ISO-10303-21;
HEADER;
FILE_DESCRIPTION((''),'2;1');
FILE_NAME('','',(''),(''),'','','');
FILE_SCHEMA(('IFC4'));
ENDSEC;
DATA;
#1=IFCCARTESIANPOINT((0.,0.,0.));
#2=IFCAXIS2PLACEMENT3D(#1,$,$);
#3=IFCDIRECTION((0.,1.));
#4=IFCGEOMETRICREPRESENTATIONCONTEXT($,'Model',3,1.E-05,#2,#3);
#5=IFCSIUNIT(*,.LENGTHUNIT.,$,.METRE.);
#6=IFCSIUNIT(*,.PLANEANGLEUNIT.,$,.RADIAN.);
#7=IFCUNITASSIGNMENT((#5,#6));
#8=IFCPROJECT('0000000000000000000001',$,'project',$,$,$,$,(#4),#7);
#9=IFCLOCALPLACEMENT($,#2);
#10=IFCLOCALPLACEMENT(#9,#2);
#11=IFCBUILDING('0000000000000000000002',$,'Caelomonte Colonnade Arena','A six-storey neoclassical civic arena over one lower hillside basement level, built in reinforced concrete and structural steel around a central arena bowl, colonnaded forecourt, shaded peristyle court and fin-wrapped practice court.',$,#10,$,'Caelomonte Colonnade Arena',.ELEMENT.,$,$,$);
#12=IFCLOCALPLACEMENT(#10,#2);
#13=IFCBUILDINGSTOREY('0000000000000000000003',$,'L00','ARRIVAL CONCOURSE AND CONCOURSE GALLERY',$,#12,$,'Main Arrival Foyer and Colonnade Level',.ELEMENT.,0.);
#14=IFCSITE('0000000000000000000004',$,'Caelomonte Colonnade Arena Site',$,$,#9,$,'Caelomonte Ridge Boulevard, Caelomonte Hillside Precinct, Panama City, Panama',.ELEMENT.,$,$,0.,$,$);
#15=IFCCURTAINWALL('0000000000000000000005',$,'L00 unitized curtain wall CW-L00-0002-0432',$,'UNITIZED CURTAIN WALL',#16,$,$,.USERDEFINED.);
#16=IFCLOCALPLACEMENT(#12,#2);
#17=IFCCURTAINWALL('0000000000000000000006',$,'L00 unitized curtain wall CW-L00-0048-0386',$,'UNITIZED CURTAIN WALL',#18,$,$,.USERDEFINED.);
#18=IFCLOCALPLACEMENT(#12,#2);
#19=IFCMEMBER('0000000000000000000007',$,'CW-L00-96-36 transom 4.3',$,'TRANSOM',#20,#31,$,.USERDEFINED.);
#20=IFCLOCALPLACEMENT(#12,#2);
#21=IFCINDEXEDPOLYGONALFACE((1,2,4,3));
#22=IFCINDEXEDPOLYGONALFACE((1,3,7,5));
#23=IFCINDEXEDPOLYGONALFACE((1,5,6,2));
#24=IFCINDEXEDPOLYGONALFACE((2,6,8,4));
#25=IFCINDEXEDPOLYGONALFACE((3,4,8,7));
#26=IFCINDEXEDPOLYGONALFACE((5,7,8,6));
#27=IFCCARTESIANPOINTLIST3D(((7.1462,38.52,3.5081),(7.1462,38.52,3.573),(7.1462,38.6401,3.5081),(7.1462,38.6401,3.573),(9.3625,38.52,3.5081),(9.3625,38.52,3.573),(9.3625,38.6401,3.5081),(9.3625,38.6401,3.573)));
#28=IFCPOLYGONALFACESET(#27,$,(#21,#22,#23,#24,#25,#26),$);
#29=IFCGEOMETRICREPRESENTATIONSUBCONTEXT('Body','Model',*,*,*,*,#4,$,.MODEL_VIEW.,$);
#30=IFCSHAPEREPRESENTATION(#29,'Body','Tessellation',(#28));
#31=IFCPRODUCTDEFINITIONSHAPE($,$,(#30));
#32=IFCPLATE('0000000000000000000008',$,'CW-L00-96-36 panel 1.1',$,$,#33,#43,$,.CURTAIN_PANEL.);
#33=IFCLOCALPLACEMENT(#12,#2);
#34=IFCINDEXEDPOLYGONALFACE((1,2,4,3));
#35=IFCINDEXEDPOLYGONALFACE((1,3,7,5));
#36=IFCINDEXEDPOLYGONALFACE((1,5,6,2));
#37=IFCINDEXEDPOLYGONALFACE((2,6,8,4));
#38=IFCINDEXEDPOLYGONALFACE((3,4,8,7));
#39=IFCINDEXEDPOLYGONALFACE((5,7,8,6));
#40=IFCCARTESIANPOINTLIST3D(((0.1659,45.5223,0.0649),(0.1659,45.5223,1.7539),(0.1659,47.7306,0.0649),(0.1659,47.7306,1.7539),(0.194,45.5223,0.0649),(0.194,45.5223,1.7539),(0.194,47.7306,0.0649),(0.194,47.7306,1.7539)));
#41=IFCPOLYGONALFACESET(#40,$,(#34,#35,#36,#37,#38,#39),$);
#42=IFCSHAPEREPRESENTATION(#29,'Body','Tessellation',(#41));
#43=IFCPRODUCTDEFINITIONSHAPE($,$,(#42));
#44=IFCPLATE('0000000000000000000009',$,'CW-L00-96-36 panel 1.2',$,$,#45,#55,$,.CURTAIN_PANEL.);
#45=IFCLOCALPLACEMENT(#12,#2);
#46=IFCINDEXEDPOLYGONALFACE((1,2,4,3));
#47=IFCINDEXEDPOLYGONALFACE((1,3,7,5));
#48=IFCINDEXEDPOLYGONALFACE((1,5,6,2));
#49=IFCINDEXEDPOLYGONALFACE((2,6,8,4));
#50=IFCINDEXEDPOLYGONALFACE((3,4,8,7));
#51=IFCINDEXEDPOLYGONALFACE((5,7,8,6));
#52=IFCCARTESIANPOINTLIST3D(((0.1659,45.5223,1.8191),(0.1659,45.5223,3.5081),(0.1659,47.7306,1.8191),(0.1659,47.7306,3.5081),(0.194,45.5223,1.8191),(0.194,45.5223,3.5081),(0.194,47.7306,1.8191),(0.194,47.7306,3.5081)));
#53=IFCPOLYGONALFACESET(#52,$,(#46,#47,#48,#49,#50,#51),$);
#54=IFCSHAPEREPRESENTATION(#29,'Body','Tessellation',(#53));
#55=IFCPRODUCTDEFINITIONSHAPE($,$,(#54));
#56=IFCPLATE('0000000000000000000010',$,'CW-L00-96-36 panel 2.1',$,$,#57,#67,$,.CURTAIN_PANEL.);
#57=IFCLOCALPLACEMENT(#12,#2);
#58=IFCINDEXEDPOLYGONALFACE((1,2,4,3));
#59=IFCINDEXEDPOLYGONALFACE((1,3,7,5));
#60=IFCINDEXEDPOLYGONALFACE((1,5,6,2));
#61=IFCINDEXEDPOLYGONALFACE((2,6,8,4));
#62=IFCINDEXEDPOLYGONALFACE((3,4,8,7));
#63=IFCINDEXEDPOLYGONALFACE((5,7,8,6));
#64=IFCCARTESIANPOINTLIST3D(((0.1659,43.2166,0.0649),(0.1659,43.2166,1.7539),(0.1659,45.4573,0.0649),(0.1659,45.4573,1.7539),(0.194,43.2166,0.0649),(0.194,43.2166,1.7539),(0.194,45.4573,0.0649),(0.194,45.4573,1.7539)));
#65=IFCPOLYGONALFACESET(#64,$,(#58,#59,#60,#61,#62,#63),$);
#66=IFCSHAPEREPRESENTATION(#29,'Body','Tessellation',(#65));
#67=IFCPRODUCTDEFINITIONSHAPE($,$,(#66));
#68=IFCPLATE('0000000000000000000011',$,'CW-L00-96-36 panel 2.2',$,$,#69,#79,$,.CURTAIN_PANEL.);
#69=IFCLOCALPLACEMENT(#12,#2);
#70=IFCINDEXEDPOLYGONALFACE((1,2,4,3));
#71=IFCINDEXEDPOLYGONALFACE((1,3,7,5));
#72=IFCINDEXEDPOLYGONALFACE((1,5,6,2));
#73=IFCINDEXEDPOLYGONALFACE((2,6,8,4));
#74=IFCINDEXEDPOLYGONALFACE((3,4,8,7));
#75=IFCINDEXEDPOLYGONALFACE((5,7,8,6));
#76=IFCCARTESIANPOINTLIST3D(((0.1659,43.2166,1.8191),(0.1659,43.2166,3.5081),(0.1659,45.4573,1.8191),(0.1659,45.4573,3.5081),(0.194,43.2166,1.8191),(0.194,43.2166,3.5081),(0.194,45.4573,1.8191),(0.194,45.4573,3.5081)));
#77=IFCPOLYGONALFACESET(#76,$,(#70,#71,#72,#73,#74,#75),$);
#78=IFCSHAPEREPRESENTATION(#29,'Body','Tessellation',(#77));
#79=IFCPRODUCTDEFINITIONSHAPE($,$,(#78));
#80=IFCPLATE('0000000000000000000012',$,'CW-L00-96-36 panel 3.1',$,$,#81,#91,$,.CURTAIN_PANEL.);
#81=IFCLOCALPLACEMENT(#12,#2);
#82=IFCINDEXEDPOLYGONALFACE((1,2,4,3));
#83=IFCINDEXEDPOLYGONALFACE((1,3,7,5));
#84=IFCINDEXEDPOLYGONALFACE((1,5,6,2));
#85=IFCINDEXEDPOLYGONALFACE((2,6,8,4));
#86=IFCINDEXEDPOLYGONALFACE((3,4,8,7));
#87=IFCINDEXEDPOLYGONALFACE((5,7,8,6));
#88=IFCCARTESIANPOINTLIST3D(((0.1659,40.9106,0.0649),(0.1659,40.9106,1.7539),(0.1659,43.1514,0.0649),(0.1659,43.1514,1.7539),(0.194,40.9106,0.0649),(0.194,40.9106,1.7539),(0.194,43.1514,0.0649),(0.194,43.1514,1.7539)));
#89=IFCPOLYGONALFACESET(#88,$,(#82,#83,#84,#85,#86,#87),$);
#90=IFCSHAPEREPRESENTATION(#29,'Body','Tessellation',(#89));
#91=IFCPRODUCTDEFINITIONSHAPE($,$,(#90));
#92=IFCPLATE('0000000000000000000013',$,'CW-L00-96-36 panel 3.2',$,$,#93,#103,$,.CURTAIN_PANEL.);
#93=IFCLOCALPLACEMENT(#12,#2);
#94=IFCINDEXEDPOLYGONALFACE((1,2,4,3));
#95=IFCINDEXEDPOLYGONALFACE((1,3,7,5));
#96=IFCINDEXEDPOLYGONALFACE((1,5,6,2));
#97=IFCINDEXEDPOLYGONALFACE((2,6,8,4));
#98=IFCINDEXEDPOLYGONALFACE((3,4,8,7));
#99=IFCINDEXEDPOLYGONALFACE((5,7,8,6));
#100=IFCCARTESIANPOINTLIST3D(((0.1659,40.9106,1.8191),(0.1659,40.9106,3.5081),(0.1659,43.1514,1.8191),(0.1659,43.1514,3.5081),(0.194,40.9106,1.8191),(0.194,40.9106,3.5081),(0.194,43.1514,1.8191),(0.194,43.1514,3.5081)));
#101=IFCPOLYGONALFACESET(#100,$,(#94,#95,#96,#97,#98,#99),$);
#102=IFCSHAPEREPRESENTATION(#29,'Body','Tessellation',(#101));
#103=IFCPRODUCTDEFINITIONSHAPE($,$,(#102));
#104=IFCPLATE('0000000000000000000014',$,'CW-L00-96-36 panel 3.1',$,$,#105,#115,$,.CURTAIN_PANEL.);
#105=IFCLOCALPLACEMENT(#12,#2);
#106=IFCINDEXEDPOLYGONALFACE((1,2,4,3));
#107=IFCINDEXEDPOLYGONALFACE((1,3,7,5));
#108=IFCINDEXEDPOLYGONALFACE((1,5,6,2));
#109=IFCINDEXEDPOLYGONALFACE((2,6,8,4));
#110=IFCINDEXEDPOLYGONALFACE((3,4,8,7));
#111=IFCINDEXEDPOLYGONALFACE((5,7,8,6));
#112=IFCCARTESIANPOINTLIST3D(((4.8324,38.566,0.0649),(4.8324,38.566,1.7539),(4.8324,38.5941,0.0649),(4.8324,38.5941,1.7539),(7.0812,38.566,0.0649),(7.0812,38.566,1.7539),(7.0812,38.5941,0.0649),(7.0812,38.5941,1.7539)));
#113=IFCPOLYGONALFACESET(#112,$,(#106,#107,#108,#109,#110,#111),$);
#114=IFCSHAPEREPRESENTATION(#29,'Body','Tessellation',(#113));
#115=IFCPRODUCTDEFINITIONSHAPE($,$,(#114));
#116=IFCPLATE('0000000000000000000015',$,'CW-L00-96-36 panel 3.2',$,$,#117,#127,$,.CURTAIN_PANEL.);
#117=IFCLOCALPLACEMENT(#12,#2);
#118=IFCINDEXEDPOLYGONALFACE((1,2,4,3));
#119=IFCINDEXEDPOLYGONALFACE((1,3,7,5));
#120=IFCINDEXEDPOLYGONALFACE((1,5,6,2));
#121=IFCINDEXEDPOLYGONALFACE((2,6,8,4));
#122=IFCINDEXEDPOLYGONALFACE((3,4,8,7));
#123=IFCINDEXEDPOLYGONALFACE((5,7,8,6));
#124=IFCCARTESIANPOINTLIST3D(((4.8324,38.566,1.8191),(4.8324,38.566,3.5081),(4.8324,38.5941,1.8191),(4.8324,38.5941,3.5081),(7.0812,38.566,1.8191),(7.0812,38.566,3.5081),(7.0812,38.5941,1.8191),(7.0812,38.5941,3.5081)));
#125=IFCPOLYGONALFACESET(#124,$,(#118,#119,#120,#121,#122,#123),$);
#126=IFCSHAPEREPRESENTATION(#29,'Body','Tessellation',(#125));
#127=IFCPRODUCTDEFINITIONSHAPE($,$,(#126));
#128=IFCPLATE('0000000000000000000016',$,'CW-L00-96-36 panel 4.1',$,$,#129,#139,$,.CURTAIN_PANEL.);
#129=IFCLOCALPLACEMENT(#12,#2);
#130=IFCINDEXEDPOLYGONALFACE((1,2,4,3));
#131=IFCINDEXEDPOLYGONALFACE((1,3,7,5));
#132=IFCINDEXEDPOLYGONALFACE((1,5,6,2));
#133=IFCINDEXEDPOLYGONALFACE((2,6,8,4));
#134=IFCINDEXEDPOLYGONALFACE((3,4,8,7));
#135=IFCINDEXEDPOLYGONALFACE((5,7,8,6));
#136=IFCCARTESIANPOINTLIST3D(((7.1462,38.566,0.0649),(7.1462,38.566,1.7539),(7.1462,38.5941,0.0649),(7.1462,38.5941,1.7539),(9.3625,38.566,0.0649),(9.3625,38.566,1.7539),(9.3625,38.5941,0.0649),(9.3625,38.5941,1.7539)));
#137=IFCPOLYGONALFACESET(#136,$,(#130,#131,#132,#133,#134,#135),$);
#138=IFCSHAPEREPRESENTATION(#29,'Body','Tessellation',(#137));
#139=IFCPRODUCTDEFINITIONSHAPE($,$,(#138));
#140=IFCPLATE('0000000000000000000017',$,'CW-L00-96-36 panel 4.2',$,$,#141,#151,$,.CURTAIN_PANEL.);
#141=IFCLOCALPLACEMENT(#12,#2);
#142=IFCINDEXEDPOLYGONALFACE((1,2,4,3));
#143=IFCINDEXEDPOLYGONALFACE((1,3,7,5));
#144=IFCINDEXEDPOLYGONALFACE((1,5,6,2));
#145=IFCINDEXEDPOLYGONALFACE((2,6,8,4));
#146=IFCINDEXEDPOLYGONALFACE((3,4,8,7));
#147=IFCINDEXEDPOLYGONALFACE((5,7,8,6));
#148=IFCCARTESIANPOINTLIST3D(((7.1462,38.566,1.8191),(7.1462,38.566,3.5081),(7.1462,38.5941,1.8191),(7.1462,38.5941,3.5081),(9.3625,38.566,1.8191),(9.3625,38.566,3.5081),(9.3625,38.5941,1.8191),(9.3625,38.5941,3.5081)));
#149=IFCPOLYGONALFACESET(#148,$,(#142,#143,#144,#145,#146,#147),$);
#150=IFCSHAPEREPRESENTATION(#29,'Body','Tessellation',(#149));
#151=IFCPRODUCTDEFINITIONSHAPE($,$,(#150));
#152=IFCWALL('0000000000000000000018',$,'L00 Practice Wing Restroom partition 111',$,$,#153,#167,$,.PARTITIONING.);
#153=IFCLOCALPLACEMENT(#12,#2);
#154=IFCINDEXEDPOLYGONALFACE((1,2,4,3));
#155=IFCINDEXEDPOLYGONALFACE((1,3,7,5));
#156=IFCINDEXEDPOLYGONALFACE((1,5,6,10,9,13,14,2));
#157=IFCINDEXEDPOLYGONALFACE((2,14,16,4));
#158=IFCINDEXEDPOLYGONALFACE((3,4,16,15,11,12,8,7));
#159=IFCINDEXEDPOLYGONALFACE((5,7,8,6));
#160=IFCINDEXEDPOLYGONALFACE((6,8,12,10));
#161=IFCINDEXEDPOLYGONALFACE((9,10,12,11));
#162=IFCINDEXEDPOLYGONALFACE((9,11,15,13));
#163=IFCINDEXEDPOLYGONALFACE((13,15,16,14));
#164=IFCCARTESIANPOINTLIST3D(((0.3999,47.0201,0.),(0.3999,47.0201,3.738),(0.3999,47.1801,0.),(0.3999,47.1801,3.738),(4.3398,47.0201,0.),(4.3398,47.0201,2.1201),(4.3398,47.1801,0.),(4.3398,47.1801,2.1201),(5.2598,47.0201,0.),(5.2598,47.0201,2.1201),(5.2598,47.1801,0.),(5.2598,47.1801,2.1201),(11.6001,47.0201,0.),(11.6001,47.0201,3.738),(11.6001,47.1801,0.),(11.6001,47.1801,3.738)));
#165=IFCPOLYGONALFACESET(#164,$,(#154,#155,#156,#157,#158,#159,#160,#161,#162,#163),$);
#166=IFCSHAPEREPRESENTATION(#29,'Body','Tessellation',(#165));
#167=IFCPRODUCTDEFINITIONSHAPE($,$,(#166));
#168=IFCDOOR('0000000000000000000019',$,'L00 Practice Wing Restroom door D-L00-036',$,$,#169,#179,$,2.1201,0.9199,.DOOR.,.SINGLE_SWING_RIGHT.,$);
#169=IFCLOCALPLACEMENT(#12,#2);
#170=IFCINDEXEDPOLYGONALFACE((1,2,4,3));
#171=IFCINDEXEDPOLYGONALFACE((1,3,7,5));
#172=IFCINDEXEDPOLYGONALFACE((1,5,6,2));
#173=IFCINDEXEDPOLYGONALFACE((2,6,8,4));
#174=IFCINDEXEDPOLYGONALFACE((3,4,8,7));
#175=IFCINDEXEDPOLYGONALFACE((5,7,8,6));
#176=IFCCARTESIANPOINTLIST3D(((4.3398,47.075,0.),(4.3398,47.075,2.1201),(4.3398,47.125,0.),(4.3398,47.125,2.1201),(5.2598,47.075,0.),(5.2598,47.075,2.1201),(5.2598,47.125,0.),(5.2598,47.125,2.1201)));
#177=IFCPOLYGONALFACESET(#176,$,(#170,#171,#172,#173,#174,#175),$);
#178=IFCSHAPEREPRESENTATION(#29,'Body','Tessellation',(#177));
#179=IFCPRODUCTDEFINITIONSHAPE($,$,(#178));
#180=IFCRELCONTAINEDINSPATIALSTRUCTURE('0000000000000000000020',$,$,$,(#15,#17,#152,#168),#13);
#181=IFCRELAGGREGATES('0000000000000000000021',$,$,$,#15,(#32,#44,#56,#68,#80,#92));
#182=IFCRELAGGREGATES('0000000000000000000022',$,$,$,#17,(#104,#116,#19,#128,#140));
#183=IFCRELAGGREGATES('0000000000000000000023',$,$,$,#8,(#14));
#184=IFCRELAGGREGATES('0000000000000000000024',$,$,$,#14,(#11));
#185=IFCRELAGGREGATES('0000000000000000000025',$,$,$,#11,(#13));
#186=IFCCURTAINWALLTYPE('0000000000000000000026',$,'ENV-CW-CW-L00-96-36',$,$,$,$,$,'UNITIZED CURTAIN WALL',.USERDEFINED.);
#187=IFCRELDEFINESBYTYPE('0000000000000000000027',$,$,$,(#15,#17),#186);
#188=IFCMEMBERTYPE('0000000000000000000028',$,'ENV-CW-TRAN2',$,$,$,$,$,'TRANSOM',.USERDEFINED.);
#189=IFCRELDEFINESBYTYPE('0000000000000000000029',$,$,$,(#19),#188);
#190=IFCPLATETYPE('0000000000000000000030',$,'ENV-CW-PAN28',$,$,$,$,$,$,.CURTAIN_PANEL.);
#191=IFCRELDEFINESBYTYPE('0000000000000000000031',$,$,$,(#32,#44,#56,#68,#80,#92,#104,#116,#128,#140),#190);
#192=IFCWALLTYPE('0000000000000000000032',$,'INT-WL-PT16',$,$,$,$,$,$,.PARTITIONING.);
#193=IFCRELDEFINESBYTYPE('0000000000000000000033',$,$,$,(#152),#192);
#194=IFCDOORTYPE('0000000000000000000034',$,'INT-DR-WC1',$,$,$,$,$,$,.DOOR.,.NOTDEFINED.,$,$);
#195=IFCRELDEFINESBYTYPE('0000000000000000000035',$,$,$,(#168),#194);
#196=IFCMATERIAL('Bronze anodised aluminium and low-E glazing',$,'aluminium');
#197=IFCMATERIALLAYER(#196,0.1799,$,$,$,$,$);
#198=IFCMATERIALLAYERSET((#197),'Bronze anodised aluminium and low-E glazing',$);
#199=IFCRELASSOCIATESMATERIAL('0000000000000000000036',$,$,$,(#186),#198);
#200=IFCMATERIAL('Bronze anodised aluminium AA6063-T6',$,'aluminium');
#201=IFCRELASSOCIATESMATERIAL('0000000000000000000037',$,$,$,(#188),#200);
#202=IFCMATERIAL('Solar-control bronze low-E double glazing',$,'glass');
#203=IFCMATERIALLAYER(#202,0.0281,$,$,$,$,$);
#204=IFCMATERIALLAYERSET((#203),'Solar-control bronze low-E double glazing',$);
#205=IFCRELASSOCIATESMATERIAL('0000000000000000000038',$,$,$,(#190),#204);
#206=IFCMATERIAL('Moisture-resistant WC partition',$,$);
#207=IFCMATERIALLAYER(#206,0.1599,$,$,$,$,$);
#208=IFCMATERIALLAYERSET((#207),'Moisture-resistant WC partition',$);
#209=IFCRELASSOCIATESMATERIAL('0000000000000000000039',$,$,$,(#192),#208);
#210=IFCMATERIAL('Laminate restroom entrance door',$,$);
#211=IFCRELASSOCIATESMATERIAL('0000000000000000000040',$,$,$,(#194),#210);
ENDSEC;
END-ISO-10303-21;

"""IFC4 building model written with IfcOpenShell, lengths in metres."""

from ifc_helpers import new_model, si_unit, direction, frame, frame_2d, origin, origin_2d, place, context, subcontext, project, spatial, rectangle, extrude, material, layer, layer_set, material_profile, profile_set, type_object, element, fill, aggregate, save


model = new_model("IFC4")

# Units and contexts
model_context = context("Model", 3, precision=1e-05, world=origin(), true_north=direction((0.0, 1.0)))
body_context = subcontext(model_context, "Body", "Model", "MODEL_VIEW")
ifc_project = project(units=[si_unit("LENGTHUNIT", "METRE"), si_unit("PLANEANGLEUNIT", "RADIAN")], contexts=[model_context])

# Site, building, storey
site_placement = place(None, origin())
site = spatial("IfcSite", under=ifc_project, at=site_placement, Name="Caelomonte Colonnade Arena Site", LongName="Caelomonte Ridge Boulevard, Caelomonte Hillside Precinct, Panama City, Panama", CompositionType="ELEMENT", RefElevation=0.0)
building_placement = place(site_placement, origin())
building = spatial("IfcBuilding", under=site, at=building_placement, Name="Caelomonte Colonnade Arena", Description="A six-storey neoclassical civic arena over one lower hillside basement level, built in reinforced concrete and structural steel around a central arena bowl, colonnaded forecourt, shaded peristyle court and fin-wrapped practice court.", LongName="Caelomonte Colonnade Arena", CompositionType="ELEMENT")
storey_placement = place(building_placement, origin())
storey = spatial("IfcBuildingStorey", under=building, at=storey_placement, Name="L00", Description="ARRIVAL CONCOURSE AND CONCOURSE GALLERY", LongName="Main Arrival Foyer and Colonnade Level", CompositionType="ELEMENT", Elevation=0.0)

# Curtain wall
ifc_material_1 = material(Name="Bronze anodised aluminium and low-E glazing", Category="aluminium")
ifc_layer_1 = layer(ifc_material_1, 0.1799)
ifc_layer_set_1 = layer_set([ifc_layer_1], Name="Bronze anodised aluminium and low-E glazing")
curtain_wall_type = type_object("IfcCurtainWallType", Name="ENV-CW-CW-L00-96-36", ElementType="UNITIZED CURTAIN WALL", PredefinedType="USERDEFINED", material=ifc_layer_set_1)
curtain_wall_1_placement = place(storey_placement, origin())
curtain_wall_1 = element("IfcCurtainWall", 1, at=curtain_wall_1_placement, inside=storey, type_object=curtain_wall_type, Name="L00 unitized curtain wall CW-L00-0002-0432", ObjectType="UNITIZED CURTAIN WALL", PredefinedType="USERDEFINED")
ifc_material_2 = material(Name="Bronze anodised aluminium AA6063-T6", Category="aluminium")

# Curtain wall
curtain_wall_2_placement = place(storey_placement, origin())
curtain_wall_2 = element("IfcCurtainWall", 2, at=curtain_wall_2_placement, inside=storey, type_object=curtain_wall_type, Name="L00 unitized curtain wall CW-L00-0048-0386", ObjectType="UNITIZED CURTAIN WALL", PredefinedType="USERDEFINED")

# Member
ifc_material_profile_1 = material_profile(ifc_material_2, rectangle(XDim=0.0649, YDim=0.1201, at=origin_2d()), Name="CWT-65X120")
ifc_profile_set_1 = profile_set([ifc_material_profile_1], Name="Bronze anodised aluminium AA6063-T6")
member_type_1 = type_object("IfcMemberType", Name="ENV-CW-TRAN2", ElementType="TRANSOM", PredefinedType="USERDEFINED", material=ifc_profile_set_1)
member_1_placement = place(storey_placement, frame((7.1462, 38.5801, 3.5405), z_axis=(1.0, 0.0, 0.0), x_axis=(0.0, 0.0, 1.0)))
member_1 = element("IfcMember", 3, at=member_1_placement, type_object=member_type_1, Name="CW-L00-96-36 transom 4.3", ObjectType="TRANSOM", PredefinedType="USERDEFINED", context=body_context, shape_type="SweptSolid", body=[
    extrude(rectangle(XDim=0.0649, YDim=0.1201, at=origin_2d()), origin(), (0.0, 0.0, 1.0), 2.2163),
])

# Plates
ifc_material_3 = material(Name="Solar-control bronze low-E double glazing", Category="glass")
ifc_layer_2 = layer(ifc_material_3, 0.0281)
ifc_layer_set_2 = layer_set([ifc_layer_2], Name="Solar-control bronze low-E double glazing")
plate_type = type_object("IfcPlateType", Name="ENV-CW-PAN28", PredefinedType="CURTAIN_PANEL", material=ifc_layer_set_2)
plate_1_placement = place(storey_placement, frame((0.1799, 46.6265, 0.0649), z_axis=(0.0, 0.0, 1.0), x_axis=(0.0, -1.0, 0.0)))
plate_1 = element("IfcPlate", 4, at=plate_1_placement, type_object=plate_type, Name="CW-L00-96-36 panel 1.1", PredefinedType="CURTAIN_PANEL", context=body_context, shape_type="SweptSolid", body=[
    extrude(rectangle(XDim=2.2083, YDim=0.0281, at=origin_2d()), origin(), (0.0, 0.0, 1.0), 1.689),
])
plate_2_placement = place(storey_placement, frame((0.1799, 46.6265, 1.8191), z_axis=(0.0, 0.0, 1.0), x_axis=(0.0, -1.0, 0.0)))
plate_2 = element("IfcPlate", 5, at=plate_2_placement, type_object=plate_type, Name="CW-L00-96-36 panel 1.2", PredefinedType="CURTAIN_PANEL", context=body_context, shape_type="SweptSolid", body=[
    extrude(rectangle(XDim=2.2083, YDim=0.0281, at=origin_2d()), origin(), (0.0, 0.0, 1.0), 1.689),
])
plate_3_placement = place(storey_placement, frame((0.1799, 44.3369, 0.0649), z_axis=(0.0, 0.0, 1.0), x_axis=(0.0, -1.0, 0.0)))
plate_3 = element("IfcPlate", 6, at=plate_3_placement, type_object=plate_type, Name="CW-L00-96-36 panel 2.1", PredefinedType="CURTAIN_PANEL", context=body_context, shape_type="SweptSolid", body=[
    extrude(rectangle(XDim=2.2407, YDim=0.0281, at=origin_2d()), origin(), (0.0, 0.0, 1.0), 1.689),
])
plate_4_placement = place(storey_placement, frame((0.1799, 44.3369, 1.8191), z_axis=(0.0, 0.0, 1.0), x_axis=(0.0, -1.0, 0.0)))
plate_4 = element("IfcPlate", 7, at=plate_4_placement, type_object=plate_type, Name="CW-L00-96-36 panel 2.2", PredefinedType="CURTAIN_PANEL", context=body_context, shape_type="SweptSolid", body=[
    extrude(rectangle(XDim=2.2407, YDim=0.0281, at=origin_2d()), origin(), (0.0, 0.0, 1.0), 1.689),
])
plate_5_placement = place(storey_placement, frame((0.1799, 42.031, 0.0649), z_axis=(0.0, 0.0, 1.0), x_axis=(0.0, -1.0, 0.0)))
plate_5 = element("IfcPlate", 8, at=plate_5_placement, type_object=plate_type, Name="CW-L00-96-36 panel 3.1", PredefinedType="CURTAIN_PANEL", context=body_context, shape_type="SweptSolid", body=[
    extrude(rectangle(XDim=2.2407, YDim=0.0281, at=origin_2d()), origin(), (0.0, 0.0, 1.0), 1.689),
])
plate_6_placement = place(storey_placement, frame((0.1799, 42.031, 1.8191), z_axis=(0.0, 0.0, 1.0), x_axis=(0.0, -1.0, 0.0)))
plate_6 = element("IfcPlate", 9, at=plate_6_placement, type_object=plate_type, Name="CW-L00-96-36 panel 3.2", PredefinedType="CURTAIN_PANEL", context=body_context, shape_type="SweptSolid", body=[
    extrude(rectangle(XDim=2.2407, YDim=0.0281, at=origin_2d()), origin(), (0.0, 0.0, 1.0), 1.689),
])
aggregate(curtain_wall_1, [plate_1, plate_2, plate_3, plate_4, plate_5, plate_6])
plate_7_placement = place(storey_placement, frame((5.9568, 38.5801, 0.0649), z_axis=(0.0, 0.0, 1.0), x_axis=(1.0, 0.0, 0.0)))
plate_7 = element("IfcPlate", 10, at=plate_7_placement, type_object=plate_type, Name="CW-L00-96-36 panel 3.1", PredefinedType="CURTAIN_PANEL", context=body_context, shape_type="SweptSolid", body=[
    extrude(rectangle(XDim=2.2488, YDim=0.0281, at=origin_2d()), origin(), (0.0, 0.0, 1.0), 1.689),
])
plate_8_placement = place(storey_placement, frame((5.9568, 38.5801, 1.8191), z_axis=(0.0, 0.0, 1.0), x_axis=(1.0, 0.0, 0.0)))
plate_8 = element("IfcPlate", 11, at=plate_8_placement, type_object=plate_type, Name="CW-L00-96-36 panel 3.2", PredefinedType="CURTAIN_PANEL", context=body_context, shape_type="SweptSolid", body=[
    extrude(rectangle(XDim=2.2488, YDim=0.0281, at=origin_2d()), origin(), (0.0, 0.0, 1.0), 1.689),
])
plate_9_placement = place(storey_placement, frame((8.2544, 38.5801, 0.0649), z_axis=(0.0, 0.0, 1.0), x_axis=(1.0, 0.0, 0.0)))
plate_9 = element("IfcPlate", 12, at=plate_9_placement, type_object=plate_type, Name="CW-L00-96-36 panel 4.1", PredefinedType="CURTAIN_PANEL", context=body_context, shape_type="SweptSolid", body=[
    extrude(rectangle(XDim=2.2163, YDim=0.0281, at=origin_2d()), origin(), (0.0, 0.0, 1.0), 1.689),
])
plate_10_placement = place(storey_placement, frame((8.2544, 38.5801, 1.8191), z_axis=(0.0, 0.0, 1.0), x_axis=(1.0, 0.0, 0.0)))
plate_10 = element("IfcPlate", 13, at=plate_10_placement, type_object=plate_type, Name="CW-L00-96-36 panel 4.2", PredefinedType="CURTAIN_PANEL", context=body_context, shape_type="SweptSolid", body=[
    extrude(rectangle(XDim=2.2163, YDim=0.0281, at=origin_2d()), origin(), (0.0, 0.0, 1.0), 1.689),
])
aggregate(curtain_wall_2, [plate_7, plate_8, member_1, plate_9, plate_10])

# Wall, opening, door
ifc_material_4 = material(Name="Moisture-resistant WC partition")
ifc_layer_3 = layer(ifc_material_4, 0.1599)
ifc_layer_set_3 = layer_set([ifc_layer_3], Name="Moisture-resistant WC partition")
wall_type = type_object("IfcWallType", Name="INT-WL-PT16", PredefinedType="PARTITIONING", material=ifc_layer_set_3)
wall_placement = place(storey_placement, frame((0.3999, 47.1001, 0.0), z_axis=(0.0, 0.0, 1.0), x_axis=(1.0, 0.0, 0.0)))
wall = element("IfcWall", 14, at=wall_placement, inside=storey, type_object=wall_type, Name="L00 Practice Wing Restroom partition 111", PredefinedType="PARTITIONING", context=body_context, shape_type="SweptSolid", body=[
    extrude(rectangle(XDim=11.2002, YDim=0.1599, at=frame_2d((5.6001, 0.0))), origin(), (0.0, 0.0, 1.0), 3.738),
])
opening_placement = place(wall_placement, frame((3.9399, 0.0, 0.0), z_axis=(0.0, 0.0, 1.0), x_axis=(1.0, 0.0, 0.0)))
opening = element("IfcOpeningElement", 15, at=opening_placement, cuts=wall, PredefinedType="OPENING", context=body_context, shape_type="SweptSolid", body=[
    extrude(rectangle(XDim=0.9199, YDim=2.1201, at=frame_2d((0.46, 1.0601))), frame((0.0, 0.0898, 0.0), z_axis=(0.0, -1.0, 0.0), x_axis=(1.0, 0.0, 0.0)), (0.0, 0.0, 1.0), 0.1799),
])
ifc_material_5 = material(Name="Laminate restroom entrance door")
door_type = type_object("IfcDoorType", Name="INT-DR-WC1", OperationType="NOTDEFINED", PredefinedType="DOOR", material=ifc_material_5)
door_placement = place(opening_placement, origin())
door = element("IfcDoor", 16, at=door_placement, inside=storey, type_object=door_type, Name="L00 Practice Wing Restroom door D-L00-036", OperationType="SINGLE_SWING_RIGHT", OverallHeight=2.1201, OverallWidth=0.9199, PredefinedType="DOOR", context=body_context, shape_type="SweptSolid", body=[
    extrude(rectangle(XDim=0.9199, YDim=2.1201, at=frame_2d((0.46, 1.0601))), frame((0.0, 0.0249, 0.0), z_axis=(0.0, -1.0, 0.0), x_axis=(1.0, 0.0, 0.0)), (0.0, 0.0, 1.0), 0.05),
])
fill(opening, door)

save(model, "model.ifc")
